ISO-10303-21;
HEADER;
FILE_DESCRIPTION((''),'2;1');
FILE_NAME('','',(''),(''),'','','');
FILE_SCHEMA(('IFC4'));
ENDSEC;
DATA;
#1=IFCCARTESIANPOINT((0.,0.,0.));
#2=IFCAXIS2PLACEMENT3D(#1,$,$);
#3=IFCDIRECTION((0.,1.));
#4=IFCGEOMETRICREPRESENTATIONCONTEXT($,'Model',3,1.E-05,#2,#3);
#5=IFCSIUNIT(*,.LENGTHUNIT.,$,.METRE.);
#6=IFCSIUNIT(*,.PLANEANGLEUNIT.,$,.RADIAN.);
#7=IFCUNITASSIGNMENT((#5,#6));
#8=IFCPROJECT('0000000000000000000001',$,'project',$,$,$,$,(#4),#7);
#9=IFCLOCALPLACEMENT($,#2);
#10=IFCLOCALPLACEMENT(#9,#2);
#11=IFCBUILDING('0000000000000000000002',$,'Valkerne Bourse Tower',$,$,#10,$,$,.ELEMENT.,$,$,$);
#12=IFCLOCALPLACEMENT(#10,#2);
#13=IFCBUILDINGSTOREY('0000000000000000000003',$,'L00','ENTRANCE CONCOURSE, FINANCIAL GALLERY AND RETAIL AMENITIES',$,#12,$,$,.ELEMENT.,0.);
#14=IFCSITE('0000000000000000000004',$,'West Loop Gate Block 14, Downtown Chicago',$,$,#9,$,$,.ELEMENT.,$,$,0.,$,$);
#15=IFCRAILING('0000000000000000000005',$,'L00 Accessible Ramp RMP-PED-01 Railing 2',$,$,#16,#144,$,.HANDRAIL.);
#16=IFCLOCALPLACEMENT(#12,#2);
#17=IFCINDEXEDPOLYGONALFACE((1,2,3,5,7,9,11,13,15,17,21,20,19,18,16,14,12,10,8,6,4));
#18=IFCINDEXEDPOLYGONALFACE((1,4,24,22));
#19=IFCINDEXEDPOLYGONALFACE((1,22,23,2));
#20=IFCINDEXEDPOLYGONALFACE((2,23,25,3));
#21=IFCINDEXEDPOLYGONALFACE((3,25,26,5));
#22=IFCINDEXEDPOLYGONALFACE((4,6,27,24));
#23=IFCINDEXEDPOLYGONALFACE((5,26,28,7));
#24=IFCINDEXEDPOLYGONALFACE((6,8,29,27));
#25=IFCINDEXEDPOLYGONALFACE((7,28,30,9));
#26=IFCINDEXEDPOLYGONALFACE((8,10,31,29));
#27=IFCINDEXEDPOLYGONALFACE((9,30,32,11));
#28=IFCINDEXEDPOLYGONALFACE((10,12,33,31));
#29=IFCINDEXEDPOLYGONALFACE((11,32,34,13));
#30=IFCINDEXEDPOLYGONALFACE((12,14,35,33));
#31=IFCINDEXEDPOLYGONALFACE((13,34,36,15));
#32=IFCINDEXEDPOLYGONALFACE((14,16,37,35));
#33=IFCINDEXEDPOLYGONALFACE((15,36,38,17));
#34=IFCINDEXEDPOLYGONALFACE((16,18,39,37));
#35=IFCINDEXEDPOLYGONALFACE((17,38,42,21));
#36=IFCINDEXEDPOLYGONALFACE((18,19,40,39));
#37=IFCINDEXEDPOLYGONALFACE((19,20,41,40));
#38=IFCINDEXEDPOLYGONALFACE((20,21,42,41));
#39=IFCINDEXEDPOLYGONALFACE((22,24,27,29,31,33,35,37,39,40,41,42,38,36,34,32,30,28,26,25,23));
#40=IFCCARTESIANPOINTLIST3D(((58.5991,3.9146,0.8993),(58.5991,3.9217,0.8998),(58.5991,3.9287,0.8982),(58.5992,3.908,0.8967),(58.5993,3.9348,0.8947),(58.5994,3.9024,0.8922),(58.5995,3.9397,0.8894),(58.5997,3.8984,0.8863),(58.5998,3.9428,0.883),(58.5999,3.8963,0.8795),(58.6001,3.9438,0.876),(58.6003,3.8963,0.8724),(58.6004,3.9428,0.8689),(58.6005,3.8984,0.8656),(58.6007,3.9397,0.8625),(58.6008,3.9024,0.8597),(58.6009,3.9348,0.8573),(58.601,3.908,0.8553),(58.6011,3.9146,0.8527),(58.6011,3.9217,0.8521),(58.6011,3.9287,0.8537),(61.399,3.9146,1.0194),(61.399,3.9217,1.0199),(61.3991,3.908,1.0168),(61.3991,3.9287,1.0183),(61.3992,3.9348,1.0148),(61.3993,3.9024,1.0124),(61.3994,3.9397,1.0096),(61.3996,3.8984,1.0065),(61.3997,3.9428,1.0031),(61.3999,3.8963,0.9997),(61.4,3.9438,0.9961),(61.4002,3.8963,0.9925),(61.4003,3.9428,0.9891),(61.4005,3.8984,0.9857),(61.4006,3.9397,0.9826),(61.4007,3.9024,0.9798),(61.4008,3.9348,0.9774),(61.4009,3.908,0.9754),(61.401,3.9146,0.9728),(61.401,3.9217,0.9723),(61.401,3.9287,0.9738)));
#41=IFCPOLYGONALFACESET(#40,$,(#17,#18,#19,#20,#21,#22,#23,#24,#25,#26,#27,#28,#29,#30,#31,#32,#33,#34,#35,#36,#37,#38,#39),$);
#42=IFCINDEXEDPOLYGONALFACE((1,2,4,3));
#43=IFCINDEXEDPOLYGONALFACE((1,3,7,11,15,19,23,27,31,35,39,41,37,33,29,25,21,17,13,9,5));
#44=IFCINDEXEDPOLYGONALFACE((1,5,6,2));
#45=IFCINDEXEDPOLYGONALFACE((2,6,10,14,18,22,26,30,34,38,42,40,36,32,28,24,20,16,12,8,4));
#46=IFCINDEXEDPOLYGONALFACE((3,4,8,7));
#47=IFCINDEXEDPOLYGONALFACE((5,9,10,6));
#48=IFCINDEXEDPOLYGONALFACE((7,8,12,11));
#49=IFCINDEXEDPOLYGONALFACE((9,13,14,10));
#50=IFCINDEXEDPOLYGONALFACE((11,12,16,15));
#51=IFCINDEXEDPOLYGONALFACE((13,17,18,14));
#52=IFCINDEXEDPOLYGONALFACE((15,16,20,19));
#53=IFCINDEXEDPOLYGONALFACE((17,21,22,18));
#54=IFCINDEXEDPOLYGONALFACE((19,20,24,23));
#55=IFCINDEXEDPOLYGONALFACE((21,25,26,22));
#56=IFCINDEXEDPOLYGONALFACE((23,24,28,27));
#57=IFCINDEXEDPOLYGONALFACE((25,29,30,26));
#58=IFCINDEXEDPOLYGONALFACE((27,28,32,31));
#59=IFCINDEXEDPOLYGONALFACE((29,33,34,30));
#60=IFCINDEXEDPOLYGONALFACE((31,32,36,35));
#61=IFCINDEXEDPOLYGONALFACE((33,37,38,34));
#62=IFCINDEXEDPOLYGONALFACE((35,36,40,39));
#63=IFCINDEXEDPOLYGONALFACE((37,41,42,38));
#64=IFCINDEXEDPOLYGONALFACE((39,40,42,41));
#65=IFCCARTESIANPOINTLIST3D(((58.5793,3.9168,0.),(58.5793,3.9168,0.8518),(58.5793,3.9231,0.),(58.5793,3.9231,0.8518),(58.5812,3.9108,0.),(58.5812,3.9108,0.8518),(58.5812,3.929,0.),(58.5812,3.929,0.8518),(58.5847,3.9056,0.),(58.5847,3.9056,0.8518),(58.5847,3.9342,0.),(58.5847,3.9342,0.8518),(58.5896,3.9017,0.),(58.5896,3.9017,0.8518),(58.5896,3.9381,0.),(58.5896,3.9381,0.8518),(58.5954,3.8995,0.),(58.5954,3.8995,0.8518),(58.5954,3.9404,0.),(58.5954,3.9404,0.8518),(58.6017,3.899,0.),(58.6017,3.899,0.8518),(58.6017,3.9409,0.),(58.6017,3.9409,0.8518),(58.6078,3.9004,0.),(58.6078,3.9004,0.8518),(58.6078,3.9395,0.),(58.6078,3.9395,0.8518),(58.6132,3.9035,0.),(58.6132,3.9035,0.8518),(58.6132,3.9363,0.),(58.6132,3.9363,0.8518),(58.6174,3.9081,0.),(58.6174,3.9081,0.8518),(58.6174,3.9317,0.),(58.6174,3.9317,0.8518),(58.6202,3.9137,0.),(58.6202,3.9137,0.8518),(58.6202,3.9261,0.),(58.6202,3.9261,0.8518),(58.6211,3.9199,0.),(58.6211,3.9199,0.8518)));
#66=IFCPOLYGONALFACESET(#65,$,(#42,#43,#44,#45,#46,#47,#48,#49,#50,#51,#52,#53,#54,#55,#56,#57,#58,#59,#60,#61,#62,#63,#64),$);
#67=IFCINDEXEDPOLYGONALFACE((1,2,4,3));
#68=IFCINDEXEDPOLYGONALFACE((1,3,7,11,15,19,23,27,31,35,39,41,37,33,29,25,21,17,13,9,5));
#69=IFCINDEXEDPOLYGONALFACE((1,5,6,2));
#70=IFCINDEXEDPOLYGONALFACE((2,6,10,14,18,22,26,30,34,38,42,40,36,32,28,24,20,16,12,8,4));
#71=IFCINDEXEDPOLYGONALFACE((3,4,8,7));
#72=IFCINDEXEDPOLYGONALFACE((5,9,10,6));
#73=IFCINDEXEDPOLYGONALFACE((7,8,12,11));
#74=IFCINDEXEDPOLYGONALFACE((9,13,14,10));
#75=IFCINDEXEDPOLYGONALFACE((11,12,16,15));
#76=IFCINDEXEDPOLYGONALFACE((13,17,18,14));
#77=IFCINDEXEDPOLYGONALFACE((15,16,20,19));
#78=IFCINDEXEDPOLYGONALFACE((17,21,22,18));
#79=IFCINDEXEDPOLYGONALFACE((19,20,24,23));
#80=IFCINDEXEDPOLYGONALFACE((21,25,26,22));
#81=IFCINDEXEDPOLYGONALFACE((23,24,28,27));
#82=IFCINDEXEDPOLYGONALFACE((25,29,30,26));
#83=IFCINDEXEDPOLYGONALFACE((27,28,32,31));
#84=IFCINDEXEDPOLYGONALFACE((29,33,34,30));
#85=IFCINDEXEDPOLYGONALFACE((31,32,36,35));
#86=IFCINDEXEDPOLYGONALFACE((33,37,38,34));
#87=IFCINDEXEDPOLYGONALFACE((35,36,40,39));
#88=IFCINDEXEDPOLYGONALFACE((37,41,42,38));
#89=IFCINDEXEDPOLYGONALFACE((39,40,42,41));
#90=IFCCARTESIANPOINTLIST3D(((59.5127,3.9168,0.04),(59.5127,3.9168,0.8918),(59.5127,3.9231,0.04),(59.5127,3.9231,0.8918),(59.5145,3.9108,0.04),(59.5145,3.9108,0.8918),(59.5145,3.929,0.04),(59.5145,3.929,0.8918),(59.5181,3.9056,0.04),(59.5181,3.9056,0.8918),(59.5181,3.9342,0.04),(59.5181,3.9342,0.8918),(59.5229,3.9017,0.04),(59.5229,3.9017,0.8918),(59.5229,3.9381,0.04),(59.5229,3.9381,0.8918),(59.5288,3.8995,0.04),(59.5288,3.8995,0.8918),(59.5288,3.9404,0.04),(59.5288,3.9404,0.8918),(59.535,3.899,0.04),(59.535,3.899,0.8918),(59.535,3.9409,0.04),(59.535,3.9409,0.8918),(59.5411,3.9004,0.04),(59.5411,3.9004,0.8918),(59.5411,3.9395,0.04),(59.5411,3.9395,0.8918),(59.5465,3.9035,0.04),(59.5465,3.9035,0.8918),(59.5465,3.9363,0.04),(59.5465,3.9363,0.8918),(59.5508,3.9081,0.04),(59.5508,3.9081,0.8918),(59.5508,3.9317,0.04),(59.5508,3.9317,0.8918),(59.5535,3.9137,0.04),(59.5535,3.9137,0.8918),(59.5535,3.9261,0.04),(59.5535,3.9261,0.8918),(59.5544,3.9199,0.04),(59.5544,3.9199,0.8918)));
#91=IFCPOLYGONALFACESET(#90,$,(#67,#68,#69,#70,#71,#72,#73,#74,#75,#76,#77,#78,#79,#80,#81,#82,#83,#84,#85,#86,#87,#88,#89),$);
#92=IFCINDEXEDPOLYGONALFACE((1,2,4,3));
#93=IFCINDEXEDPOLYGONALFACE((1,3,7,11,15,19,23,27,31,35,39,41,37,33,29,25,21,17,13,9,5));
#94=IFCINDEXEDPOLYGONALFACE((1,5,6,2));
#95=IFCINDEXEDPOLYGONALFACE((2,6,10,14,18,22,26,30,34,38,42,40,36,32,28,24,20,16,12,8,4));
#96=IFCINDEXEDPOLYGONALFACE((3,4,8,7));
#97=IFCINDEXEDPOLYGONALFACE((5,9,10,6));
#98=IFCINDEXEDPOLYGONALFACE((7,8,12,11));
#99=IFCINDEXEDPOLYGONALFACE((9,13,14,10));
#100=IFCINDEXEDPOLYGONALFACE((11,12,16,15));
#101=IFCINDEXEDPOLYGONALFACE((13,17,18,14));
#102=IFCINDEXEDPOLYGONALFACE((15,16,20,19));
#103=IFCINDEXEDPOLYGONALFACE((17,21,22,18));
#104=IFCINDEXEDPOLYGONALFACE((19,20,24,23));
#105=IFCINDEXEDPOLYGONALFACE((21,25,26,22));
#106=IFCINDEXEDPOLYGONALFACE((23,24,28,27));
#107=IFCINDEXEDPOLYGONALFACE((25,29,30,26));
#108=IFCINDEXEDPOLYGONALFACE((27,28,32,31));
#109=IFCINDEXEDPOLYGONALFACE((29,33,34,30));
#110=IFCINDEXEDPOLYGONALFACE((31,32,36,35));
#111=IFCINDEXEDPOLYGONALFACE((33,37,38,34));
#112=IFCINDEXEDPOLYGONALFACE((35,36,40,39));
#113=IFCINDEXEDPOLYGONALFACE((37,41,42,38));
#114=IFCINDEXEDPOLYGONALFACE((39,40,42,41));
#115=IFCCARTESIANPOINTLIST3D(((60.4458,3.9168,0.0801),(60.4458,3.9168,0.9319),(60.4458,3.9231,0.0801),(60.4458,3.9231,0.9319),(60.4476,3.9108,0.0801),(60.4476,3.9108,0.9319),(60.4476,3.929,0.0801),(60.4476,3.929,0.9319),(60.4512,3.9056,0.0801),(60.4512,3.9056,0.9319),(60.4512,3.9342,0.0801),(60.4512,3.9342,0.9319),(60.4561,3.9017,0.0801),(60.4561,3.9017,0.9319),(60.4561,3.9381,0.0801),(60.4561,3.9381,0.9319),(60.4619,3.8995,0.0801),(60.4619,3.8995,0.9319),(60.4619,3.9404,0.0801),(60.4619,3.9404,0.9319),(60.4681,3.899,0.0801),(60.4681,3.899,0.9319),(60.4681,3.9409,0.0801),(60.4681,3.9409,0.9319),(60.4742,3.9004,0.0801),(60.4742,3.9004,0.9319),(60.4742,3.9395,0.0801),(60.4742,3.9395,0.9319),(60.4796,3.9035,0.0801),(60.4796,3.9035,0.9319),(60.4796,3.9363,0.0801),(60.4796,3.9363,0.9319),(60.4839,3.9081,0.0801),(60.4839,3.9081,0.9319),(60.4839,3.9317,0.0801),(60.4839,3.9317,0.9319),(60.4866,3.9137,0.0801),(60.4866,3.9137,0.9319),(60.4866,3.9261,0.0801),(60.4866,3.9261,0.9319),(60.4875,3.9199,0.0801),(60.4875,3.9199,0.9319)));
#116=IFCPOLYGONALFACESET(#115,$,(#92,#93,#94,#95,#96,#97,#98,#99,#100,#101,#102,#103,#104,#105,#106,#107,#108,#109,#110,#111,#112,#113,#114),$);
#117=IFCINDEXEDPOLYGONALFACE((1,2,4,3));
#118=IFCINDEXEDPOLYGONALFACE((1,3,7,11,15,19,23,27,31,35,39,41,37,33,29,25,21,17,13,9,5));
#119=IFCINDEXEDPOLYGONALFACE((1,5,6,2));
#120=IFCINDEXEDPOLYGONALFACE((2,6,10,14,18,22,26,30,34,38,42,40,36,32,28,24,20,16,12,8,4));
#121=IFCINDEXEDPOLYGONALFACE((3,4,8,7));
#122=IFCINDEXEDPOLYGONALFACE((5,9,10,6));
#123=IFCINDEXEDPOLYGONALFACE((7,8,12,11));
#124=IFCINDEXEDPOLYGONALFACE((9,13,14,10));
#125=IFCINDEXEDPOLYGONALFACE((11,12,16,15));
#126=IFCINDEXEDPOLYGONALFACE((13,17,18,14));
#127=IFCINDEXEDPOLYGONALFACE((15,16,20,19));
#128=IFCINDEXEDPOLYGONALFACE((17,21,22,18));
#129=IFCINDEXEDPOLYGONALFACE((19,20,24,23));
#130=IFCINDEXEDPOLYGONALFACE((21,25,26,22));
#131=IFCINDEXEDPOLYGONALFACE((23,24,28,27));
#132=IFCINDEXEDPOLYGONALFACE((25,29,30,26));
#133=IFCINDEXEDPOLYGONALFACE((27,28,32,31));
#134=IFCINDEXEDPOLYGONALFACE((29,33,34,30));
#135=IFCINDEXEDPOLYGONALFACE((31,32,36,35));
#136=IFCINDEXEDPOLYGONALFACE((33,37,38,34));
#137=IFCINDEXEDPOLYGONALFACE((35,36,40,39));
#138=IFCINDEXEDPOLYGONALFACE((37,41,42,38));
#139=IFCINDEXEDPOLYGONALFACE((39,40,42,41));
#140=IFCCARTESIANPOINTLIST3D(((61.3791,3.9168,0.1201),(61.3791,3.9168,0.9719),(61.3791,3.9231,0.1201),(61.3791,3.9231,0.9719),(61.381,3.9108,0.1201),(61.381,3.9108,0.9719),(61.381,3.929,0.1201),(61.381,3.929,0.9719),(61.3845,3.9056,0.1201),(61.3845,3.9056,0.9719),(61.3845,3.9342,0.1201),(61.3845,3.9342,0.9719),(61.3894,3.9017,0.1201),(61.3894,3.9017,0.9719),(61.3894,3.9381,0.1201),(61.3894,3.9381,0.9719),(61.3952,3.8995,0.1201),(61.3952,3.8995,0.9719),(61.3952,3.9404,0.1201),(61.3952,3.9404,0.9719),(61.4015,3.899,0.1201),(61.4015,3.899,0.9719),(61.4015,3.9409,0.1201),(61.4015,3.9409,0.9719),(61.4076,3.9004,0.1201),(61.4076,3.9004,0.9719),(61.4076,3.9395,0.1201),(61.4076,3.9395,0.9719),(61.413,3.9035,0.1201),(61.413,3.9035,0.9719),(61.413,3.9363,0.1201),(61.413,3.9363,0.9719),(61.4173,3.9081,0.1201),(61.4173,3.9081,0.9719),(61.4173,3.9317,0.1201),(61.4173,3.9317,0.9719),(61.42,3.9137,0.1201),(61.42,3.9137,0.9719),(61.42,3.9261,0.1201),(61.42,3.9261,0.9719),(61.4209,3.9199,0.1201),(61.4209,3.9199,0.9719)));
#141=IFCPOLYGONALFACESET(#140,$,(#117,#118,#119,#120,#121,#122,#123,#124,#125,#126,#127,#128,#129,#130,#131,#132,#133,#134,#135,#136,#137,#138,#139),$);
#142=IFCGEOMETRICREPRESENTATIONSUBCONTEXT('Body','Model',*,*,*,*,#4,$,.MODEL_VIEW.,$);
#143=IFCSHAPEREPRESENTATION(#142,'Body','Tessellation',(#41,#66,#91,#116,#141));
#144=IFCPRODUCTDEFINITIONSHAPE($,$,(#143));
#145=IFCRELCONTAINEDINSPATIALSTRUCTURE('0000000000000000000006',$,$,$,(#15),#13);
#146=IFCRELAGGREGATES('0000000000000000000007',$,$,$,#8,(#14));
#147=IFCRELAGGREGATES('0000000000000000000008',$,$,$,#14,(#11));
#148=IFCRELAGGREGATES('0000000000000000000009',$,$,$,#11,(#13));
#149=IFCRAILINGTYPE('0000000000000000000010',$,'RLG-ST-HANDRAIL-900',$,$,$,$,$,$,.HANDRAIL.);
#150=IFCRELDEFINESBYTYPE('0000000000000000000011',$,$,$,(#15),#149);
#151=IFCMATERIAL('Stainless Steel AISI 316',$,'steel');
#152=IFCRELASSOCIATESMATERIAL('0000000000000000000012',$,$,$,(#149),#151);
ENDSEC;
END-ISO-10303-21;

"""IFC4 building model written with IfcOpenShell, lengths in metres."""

from ifc_helpers import new_model, si_unit, direction, frame, origin, origin_2d, place, context, subcontext, project, spatial, circle, extrude, material, type_object, element, save


model = new_model("IFC4")

# Units and contexts
model_context = context("Model", 3, precision=1e-05, world=origin(), true_north=direction((0.0, 1.0)))
body_context = subcontext(model_context, "Body", "Model", "MODEL_VIEW")
ifc_project = project(units=[si_unit("LENGTHUNIT", "METRE"), si_unit("PLANEANGLEUNIT", "RADIAN")], contexts=[model_context])

# Site, building, storey
site_placement = place(None, origin())
site = spatial("IfcSite", under=ifc_project, at=site_placement, Name="West Loop Gate Block 14, Downtown Chicago", CompositionType="ELEMENT", RefElevation=0.0)
building_placement = place(site_placement, origin())
building = spatial("IfcBuilding", under=site, at=building_placement, Name="Valkerne Bourse Tower", CompositionType="ELEMENT")
storey_placement = place(building_placement, origin())
storey = spatial("IfcBuildingStorey", under=building, at=storey_placement, Name="L00", Description="ENTRANCE CONCOURSE, FINANCIAL GALLERY AND RETAIL AMENITIES", CompositionType="ELEMENT", Elevation=0.0)

# Railing
ifc_material_1 = material(Name="Stainless Steel AISI 316", Category="steel")
railing_type = type_object("IfcRailingType", Name="RLG-ST-HANDRAIL-900", PredefinedType="HANDRAIL", material=ifc_material_1)
for number, where, name in (
    (1, (58.6001, 3.9199, 0.0), "L00 Accessible Ramp RMP-PED-01 Railing 2"),
):
    element("IfcRailing", number, at=place(storey_placement, frame(where)), inside=storey, type_object=railing_type, Name=name, PredefinedType="HANDRAIL", context=body_context, shape_type="SweptSolid", body=[
        extrude(circle(Radius=0.0239, at=origin_2d()), frame((0.0, 0.0, 0.876), z_axis=(0.999081, 0.0, 0.042863), x_axis=(0.0, 1.0, 0.0)), (0.0, 0.0, 1.0), 2.8025),
        extrude(circle(Radius=0.021, at=origin_2d()), origin(), (0.0, 0.0, 1.0), 0.8518),
        extrude(circle(Radius=0.021, at=origin_2d()), frame((0.9333, 0.0, 0.04)), (0.0, 0.0, 1.0), 0.8518),
        extrude(circle(Radius=0.021, at=origin_2d()), frame((1.8665, 0.0, 0.0801)), (0.0, 0.0, 1.0), 0.8518),
        extrude(circle(Radius=0.021, at=origin_2d()), frame((2.7998, 0.0, 0.1201)), (0.0, 0.0, 1.0), 0.8518),
    ])

save(model, "model.ifc")
